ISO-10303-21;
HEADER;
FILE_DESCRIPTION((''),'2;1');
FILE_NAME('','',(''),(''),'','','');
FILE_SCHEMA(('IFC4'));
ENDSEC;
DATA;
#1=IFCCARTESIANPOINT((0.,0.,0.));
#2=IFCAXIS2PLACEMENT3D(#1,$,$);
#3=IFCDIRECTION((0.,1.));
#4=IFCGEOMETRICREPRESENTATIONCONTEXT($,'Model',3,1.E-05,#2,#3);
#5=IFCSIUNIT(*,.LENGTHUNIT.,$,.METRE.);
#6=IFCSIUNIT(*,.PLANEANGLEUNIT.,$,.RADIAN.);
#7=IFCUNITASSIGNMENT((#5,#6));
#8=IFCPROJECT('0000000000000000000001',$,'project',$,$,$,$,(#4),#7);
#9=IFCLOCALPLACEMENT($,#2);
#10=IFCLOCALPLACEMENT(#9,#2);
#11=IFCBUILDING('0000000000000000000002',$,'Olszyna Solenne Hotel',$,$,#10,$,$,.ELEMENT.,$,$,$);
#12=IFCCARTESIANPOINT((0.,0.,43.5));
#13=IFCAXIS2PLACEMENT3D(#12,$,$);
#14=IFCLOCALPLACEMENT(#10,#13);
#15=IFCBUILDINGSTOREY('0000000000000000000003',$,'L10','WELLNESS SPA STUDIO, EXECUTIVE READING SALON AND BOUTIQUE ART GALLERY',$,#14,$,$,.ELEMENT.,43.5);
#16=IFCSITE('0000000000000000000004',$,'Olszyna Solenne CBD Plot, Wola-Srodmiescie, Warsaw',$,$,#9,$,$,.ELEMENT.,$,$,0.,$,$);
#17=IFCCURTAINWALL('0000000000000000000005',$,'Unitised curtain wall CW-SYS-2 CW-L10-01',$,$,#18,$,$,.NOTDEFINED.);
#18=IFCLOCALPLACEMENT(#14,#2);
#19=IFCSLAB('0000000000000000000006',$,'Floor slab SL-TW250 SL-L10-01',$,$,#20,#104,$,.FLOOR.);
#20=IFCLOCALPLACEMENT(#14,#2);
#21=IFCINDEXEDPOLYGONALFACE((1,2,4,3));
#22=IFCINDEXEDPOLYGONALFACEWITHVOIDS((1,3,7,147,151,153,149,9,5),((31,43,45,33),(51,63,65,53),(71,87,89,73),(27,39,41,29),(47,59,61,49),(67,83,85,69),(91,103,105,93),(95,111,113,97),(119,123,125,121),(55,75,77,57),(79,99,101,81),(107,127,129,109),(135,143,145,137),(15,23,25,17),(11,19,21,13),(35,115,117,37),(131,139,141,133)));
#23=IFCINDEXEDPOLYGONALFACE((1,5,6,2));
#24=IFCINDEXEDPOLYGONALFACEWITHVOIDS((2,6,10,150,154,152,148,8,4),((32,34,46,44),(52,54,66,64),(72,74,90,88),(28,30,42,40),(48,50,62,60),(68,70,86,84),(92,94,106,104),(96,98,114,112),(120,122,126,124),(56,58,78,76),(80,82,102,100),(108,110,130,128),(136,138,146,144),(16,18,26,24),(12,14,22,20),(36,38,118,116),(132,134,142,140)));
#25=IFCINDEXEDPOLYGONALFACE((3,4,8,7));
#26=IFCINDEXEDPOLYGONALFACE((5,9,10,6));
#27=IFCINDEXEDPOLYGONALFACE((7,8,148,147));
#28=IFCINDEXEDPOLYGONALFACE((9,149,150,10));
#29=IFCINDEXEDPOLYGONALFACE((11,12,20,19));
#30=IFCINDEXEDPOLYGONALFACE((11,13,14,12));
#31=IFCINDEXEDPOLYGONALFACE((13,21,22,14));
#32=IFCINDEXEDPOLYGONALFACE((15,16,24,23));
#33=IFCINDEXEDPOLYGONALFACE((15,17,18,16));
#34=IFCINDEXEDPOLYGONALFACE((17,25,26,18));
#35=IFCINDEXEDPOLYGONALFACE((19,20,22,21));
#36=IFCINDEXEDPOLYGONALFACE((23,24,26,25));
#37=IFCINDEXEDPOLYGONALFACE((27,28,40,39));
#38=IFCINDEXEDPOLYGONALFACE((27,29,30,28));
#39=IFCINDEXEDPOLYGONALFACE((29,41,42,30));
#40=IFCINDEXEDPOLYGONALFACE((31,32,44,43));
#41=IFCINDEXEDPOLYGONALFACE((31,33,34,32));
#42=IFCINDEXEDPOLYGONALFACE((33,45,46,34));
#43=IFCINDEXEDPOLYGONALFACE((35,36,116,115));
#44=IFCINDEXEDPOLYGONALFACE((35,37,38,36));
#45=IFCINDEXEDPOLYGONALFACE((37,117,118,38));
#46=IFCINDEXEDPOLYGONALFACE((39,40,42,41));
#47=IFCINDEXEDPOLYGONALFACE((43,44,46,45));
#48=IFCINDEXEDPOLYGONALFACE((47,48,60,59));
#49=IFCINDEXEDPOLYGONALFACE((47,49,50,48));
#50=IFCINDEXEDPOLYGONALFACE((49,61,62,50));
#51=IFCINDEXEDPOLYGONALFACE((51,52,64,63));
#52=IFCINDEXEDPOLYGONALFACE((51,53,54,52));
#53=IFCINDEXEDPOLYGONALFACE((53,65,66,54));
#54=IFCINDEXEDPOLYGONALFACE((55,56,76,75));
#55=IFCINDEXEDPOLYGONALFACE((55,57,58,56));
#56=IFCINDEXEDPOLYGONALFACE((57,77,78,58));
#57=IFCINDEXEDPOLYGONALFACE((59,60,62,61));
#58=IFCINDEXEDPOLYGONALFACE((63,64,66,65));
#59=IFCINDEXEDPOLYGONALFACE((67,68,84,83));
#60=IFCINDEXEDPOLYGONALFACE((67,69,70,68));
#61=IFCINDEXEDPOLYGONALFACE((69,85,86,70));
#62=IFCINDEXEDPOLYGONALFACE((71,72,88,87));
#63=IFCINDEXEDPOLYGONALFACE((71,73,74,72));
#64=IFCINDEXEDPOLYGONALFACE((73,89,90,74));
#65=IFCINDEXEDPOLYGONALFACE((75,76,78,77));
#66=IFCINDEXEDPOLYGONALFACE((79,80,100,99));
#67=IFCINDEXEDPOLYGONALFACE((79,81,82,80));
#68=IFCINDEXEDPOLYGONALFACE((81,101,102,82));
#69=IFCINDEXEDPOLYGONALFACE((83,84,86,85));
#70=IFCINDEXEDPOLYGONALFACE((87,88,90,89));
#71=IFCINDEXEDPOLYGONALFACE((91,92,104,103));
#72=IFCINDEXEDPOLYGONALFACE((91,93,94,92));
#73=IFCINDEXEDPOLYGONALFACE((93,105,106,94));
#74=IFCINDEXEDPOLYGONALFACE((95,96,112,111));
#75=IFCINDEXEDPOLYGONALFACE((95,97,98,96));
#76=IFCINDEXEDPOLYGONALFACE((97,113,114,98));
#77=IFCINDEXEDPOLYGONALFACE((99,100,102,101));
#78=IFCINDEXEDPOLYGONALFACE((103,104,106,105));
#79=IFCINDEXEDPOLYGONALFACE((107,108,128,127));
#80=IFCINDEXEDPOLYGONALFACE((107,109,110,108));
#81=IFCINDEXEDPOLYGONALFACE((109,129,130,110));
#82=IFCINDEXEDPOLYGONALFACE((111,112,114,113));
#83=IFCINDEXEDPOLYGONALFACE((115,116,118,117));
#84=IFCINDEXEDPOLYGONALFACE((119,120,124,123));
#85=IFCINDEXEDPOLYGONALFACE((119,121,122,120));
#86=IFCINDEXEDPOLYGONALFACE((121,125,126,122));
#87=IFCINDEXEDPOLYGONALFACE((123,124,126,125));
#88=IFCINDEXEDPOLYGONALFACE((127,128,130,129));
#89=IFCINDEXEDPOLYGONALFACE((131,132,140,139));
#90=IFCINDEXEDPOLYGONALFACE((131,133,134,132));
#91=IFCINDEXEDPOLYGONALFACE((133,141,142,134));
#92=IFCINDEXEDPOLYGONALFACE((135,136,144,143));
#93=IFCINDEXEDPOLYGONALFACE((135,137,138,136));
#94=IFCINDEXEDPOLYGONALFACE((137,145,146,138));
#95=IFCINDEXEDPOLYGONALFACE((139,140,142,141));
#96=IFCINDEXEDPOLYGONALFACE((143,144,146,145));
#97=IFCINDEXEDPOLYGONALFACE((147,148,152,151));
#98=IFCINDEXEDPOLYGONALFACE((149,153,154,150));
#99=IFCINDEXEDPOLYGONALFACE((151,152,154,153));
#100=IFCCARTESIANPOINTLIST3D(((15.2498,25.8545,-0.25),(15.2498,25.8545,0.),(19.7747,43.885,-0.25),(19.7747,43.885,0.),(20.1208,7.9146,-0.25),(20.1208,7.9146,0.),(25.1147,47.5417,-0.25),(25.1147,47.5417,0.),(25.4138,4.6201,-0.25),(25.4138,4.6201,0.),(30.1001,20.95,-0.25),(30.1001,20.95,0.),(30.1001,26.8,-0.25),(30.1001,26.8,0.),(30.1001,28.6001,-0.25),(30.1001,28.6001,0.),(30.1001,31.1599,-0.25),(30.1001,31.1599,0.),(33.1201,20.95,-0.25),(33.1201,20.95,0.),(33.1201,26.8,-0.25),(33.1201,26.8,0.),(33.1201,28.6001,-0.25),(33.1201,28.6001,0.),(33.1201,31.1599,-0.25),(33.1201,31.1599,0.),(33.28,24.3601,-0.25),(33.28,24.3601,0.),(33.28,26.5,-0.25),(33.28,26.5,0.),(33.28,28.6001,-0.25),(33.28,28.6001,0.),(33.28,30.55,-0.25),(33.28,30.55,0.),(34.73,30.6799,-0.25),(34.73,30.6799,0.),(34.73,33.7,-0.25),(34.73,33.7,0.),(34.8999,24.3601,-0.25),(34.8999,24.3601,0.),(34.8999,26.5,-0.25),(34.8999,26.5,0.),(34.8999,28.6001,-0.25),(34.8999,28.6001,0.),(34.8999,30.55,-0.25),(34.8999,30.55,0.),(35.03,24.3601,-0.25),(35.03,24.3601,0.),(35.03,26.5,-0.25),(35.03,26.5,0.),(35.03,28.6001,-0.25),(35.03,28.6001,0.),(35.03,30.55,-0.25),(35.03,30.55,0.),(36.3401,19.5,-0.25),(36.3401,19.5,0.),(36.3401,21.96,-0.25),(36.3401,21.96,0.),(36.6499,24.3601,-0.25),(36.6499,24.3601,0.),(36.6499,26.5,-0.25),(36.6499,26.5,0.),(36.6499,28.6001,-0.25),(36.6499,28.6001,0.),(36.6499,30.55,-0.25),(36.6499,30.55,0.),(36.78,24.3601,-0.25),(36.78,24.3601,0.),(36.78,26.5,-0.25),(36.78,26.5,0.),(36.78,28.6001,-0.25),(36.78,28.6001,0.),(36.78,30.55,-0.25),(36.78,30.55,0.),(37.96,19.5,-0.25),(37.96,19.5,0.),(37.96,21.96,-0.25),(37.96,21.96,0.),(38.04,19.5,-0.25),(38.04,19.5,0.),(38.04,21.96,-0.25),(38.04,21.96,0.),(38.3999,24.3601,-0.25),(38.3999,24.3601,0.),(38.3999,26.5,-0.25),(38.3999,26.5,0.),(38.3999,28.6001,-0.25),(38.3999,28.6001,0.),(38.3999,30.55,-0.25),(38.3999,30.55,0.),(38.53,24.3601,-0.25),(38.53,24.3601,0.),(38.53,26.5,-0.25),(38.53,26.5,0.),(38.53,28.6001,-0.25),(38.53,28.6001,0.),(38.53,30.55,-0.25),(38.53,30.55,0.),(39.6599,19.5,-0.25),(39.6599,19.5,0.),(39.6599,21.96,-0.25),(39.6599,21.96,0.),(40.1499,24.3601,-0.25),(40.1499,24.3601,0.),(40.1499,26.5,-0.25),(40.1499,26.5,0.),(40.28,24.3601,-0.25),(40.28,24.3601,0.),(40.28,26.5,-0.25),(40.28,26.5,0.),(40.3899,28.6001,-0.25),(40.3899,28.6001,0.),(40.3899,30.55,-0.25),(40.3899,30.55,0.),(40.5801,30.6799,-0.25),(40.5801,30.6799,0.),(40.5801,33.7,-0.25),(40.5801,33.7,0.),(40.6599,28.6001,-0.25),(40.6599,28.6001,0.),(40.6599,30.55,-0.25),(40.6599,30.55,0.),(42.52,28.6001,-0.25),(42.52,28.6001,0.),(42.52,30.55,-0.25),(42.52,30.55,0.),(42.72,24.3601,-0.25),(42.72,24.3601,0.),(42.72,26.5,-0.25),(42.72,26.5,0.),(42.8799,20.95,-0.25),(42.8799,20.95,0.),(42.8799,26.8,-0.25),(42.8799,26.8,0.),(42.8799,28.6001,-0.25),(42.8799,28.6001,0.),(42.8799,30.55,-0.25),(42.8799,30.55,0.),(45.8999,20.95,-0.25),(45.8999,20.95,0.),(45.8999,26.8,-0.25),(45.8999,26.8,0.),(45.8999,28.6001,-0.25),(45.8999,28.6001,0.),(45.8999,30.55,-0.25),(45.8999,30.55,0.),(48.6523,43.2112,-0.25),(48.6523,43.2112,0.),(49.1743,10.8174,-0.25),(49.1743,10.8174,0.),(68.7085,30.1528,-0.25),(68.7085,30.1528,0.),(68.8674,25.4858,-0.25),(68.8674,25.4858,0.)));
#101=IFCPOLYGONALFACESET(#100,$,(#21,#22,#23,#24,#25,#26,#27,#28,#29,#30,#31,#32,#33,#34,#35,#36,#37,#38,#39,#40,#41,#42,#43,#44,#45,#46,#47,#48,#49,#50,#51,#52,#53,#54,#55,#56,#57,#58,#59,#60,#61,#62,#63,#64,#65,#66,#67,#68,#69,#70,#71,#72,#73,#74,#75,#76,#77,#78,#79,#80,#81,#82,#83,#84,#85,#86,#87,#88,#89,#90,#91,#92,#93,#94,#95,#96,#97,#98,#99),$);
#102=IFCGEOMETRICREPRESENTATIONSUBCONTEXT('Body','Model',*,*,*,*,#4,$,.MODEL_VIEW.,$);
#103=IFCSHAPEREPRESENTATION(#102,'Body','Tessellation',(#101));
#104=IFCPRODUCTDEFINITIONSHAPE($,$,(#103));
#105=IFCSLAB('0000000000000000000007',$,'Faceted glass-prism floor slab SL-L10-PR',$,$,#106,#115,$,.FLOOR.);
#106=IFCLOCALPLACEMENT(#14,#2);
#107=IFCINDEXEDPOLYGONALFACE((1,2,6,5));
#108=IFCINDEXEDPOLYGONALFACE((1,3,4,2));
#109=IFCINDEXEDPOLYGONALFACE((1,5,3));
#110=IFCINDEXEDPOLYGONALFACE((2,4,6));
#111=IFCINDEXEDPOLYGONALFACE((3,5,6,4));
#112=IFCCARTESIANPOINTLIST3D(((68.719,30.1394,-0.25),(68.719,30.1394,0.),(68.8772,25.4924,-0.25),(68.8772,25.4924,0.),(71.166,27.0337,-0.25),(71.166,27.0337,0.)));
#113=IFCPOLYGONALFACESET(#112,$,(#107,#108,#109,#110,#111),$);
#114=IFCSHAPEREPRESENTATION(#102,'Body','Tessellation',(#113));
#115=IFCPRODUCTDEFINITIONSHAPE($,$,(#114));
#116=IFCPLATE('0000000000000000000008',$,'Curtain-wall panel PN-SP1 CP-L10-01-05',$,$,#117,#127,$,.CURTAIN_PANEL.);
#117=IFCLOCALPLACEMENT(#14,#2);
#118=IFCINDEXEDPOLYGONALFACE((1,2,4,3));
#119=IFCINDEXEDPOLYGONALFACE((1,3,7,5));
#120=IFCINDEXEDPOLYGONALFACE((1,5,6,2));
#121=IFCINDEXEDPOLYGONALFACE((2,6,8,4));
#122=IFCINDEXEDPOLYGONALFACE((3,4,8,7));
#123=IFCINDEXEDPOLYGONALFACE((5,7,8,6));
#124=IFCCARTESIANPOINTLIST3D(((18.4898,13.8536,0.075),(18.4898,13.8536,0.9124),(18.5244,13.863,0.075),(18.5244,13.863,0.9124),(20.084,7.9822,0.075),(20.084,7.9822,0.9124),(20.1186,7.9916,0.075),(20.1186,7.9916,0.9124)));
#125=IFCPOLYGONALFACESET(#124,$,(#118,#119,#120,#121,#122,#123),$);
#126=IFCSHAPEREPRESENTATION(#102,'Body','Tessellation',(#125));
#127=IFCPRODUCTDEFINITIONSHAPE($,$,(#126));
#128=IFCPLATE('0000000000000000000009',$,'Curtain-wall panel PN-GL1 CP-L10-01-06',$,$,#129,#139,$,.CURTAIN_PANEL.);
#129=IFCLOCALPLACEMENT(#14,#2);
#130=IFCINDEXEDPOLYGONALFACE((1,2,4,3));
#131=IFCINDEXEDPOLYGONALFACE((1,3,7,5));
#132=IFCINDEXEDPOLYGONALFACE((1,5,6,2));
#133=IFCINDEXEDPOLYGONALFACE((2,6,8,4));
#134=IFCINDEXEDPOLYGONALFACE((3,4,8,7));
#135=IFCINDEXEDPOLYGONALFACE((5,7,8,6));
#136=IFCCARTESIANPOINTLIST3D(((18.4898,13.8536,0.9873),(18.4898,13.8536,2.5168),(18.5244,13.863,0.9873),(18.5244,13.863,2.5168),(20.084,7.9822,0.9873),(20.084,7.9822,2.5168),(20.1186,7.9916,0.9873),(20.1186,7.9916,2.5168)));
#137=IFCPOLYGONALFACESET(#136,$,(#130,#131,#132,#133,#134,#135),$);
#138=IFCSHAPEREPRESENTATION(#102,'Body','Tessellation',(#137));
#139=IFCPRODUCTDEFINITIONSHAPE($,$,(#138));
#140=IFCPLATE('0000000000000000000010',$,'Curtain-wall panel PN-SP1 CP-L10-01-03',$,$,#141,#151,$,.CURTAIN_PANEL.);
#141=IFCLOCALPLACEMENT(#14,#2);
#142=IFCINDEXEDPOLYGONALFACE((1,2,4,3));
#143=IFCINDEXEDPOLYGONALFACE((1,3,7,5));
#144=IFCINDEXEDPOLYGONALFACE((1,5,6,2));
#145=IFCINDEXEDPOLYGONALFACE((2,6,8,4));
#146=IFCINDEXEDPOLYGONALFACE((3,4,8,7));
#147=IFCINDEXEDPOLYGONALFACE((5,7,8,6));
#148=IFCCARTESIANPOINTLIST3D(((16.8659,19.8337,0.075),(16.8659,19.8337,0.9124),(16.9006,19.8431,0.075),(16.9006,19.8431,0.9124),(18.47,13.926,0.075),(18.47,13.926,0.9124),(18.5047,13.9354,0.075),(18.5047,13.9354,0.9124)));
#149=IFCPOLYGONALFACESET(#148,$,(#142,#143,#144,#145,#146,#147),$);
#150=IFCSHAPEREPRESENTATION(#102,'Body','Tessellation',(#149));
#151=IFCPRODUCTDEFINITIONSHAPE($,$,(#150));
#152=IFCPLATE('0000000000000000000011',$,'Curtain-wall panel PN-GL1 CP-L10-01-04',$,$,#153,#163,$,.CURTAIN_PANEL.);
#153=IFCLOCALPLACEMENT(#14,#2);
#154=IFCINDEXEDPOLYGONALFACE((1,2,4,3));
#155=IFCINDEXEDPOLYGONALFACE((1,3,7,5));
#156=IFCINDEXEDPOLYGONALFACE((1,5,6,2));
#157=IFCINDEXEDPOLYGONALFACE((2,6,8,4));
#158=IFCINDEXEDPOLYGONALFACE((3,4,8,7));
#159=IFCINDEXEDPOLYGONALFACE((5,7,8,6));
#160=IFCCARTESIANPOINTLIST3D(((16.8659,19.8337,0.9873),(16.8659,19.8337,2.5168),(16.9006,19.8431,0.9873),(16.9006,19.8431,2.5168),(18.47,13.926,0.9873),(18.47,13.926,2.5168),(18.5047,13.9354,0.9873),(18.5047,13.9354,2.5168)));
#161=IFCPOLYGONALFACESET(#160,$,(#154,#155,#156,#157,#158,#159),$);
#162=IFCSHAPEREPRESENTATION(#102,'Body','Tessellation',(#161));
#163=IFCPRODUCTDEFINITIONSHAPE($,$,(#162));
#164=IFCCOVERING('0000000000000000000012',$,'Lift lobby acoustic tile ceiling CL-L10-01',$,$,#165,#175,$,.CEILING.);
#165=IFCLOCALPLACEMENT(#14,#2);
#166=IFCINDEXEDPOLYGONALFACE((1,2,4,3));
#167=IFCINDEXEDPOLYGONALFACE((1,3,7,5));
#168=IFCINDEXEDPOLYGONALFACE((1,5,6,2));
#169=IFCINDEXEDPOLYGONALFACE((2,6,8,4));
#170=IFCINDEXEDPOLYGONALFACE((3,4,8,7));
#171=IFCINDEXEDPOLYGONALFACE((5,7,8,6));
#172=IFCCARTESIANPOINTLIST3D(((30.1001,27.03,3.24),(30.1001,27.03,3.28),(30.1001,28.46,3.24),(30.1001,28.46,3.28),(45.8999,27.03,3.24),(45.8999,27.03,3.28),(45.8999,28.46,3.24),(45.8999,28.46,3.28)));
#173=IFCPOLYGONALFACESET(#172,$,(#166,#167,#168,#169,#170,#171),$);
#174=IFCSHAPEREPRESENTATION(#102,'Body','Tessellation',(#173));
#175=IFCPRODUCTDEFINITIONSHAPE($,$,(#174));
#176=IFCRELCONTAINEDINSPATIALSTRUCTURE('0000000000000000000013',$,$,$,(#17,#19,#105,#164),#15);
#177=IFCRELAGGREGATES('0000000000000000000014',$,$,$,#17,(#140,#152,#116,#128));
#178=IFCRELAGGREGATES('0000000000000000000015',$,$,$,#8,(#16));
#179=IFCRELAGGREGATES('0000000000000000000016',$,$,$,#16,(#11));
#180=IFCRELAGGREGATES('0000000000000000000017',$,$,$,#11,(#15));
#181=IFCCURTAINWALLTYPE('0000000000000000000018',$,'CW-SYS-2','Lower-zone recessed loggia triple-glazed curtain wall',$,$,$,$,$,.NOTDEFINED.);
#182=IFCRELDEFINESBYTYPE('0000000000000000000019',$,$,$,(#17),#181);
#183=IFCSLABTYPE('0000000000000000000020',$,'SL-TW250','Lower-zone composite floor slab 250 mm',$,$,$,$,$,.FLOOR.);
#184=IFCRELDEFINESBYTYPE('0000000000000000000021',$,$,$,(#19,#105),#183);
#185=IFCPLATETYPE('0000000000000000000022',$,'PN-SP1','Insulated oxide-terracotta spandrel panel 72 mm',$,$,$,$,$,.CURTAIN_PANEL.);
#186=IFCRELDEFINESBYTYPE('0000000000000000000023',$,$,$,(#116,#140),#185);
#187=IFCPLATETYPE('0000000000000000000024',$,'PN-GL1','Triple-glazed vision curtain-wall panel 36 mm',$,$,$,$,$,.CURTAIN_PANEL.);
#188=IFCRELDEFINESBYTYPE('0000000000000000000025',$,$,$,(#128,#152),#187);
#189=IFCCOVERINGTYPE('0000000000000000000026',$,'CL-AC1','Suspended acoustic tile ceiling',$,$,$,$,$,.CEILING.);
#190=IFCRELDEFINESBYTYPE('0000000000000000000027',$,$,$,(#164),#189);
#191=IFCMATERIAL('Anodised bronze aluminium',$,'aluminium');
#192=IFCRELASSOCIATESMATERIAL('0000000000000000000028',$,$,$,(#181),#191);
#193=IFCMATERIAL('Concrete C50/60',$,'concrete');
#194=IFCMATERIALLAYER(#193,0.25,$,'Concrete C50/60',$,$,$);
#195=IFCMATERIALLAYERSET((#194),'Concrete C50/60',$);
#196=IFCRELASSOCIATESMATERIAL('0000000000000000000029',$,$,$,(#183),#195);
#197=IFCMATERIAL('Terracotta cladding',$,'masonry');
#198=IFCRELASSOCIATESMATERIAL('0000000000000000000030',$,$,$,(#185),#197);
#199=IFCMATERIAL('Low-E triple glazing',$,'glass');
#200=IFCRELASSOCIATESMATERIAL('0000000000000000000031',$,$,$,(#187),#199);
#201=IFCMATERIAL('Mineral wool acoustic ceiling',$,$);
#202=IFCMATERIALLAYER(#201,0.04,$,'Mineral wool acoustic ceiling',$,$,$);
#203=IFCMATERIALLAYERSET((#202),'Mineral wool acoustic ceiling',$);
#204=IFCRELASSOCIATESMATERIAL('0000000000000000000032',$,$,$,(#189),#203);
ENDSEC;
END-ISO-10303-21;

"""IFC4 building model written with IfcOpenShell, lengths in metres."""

from ifc_helpers import new_model, si_unit, direction, frame, origin, origin_2d, place, context, subcontext, project, spatial, polyline, rectangle, outline, extrude, source, transform, mapped, material, layer, layer_set, type_object, element, aggregate, save


model = new_model("IFC4")

# Units and contexts
model_context = context("Model", 3, precision=1e-05, world=origin(), true_north=direction((0.0, 1.0)))
body_context = subcontext(model_context, "Body", "Model", "MODEL_VIEW")
ifc_project = project(units=[si_unit("LENGTHUNIT", "METRE"), si_unit("PLANEANGLEUNIT", "RADIAN")], contexts=[model_context])

# Site, building, storey
site_placement = place(None, origin())
site = spatial("IfcSite", under=ifc_project, at=site_placement, Name="Olszyna Solenne CBD Plot, Wola-Srodmiescie, Warsaw", CompositionType="ELEMENT", RefElevation=0.0)
building_placement = place(site_placement, origin())
building = spatial("IfcBuilding", under=site, at=building_placement, Name="Olszyna Solenne Hotel", CompositionType="ELEMENT")
storey_placement = place(building_placement, frame((0.0, 0.0, 43.5)))
storey = spatial("IfcBuildingStorey", under=building, at=storey_placement, Name="L10", Description="WELLNESS SPA STUDIO, EXECUTIVE READING SALON AND BOUTIQUE ART GALLERY", CompositionType="ELEMENT", Elevation=43.5)

# Curtain wall
ifc_material_1 = material(Name="Anodised bronze aluminium", Category="aluminium")
curtain_wall_type = type_object("IfcCurtainWallType", Name="CW-SYS-2", Description="Lower-zone recessed loggia triple-glazed curtain wall", PredefinedType="NOTDEFINED", material=ifc_material_1)
curtain_wall_placement = place(storey_placement, origin())
curtain_wall = element("IfcCurtainWall", 1, at=curtain_wall_placement, inside=storey, type_object=curtain_wall_type, Name="Unitised curtain wall CW-SYS-2 CW-L10-01", PredefinedType="NOTDEFINED")

# Slabs
ifc_material_2 = material(Name="Concrete C50/60", Category="concrete")
ifc_layer_1 = layer(ifc_material_2, 0.25, Name="Concrete C50/60")
ifc_layer_set_1 = layer_set([ifc_layer_1], Name="Concrete C50/60")
slab_type_1 = type_object("IfcSlabType", Name="SL-TW250", Description="Lower-zone composite floor slab 250 mm", PredefinedType="FLOOR", material=ifc_layer_set_1)
slab_1_placement = place(storey_placement, frame((0.0, 0.0, -0.25)))
element("IfcSlab", 2, at=slab_1_placement, inside=storey, type_object=slab_type_1, Name="Floor slab SL-TW250 SL-L10-01", PredefinedType="FLOOR", context=body_context, shape_type="SweptSolid", body=[
    extrude(outline(polyline([(68.8674, 25.4858), (68.7085, 30.1528), (48.6523, 43.2112), (25.1147, 47.5417), (19.7747, 43.885), (15.2498, 25.8545), (20.1208, 7.9146), (25.4138, 4.6201), (49.1743, 10.8174), (68.8674, 25.4858)]), holes=[polyline([(30.1001, 20.95), (33.1201, 20.95), (33.1201, 26.8), (30.1001, 26.8), (30.1001, 20.95)]), polyline([(42.8799, 20.95), (45.8999, 20.95), (45.8999, 26.8), (42.8799, 26.8), (42.8799, 20.95)]), polyline([(34.73, 30.6799), (40.5801, 30.6799), (40.5801, 33.7), (34.73, 33.7), (34.73, 30.6799)]), polyline([(36.3401, 19.5), (37.96, 19.5), (37.96, 21.96), (36.3401, 21.96), (36.3401, 19.5)]), polyline([(38.04, 19.5), (39.6599, 19.5), (39.6599, 21.96), (38.04, 21.96), (38.04, 19.5)]), polyline([(30.1001, 28.6001), (33.1201, 28.6001), (33.1201, 31.1599), (30.1001, 31.1599), (30.1001, 28.6001)]), polyline([(33.28, 24.3601), (34.8999, 24.3601), (34.8999, 26.5), (33.28, 26.5), (33.28, 24.3601)]), polyline([(35.03, 24.3601), (36.6499, 24.3601), (36.6499, 26.5), (35.03, 26.5), (35.03, 24.3601)]), polyline([(36.78, 24.3601), (38.3999, 24.3601), (38.3999, 26.5), (36.78, 26.5), (36.78, 24.3601)]), polyline([(38.53, 24.3601), (40.1499, 24.3601), (40.1499, 26.5), (38.53, 26.5), (38.53, 24.3601)]), polyline([(40.28, 24.3601), (42.72, 24.3601), (42.72, 26.5), (40.28, 26.5), (40.28, 24.3601)]), polyline([(33.28, 28.6001), (34.8999, 28.6001), (34.8999, 30.55), (33.28, 30.55), (33.28, 28.6001)]), polyline([(35.03, 28.6001), (36.6499, 28.6001), (36.6499, 30.55), (35.03, 30.55), (35.03, 28.6001)]), polyline([(36.78, 28.6001), (38.3999, 28.6001), (38.3999, 30.55), (36.78, 30.55), (36.78, 28.6001)]), polyline([(38.53, 28.6001), (40.3899, 28.6001), (40.3899, 30.55), (38.53, 30.55), (38.53, 28.6001)]), polyline([(40.6599, 28.6001), (42.52, 28.6001), (42.52, 30.55), (40.6599, 30.55), (40.6599, 28.6001)]), polyline([(42.8799, 28.6001), (45.8999, 28.6001), (45.8999, 30.55), (42.8799, 30.55), (42.8799, 28.6001)])]), origin(), (0.0, 0.0, 1.0), 0.25),
])
slab_2_placement = place(storey_placement, frame((0.0, 0.0, -0.25)))
element("IfcSlab", 3, at=slab_2_placement, inside=storey, type_object=slab_type_1, Name="Faceted glass-prism floor slab SL-L10-PR", PredefinedType="FLOOR", context=body_context, shape_type="SweptSolid", body=[
    extrude(outline(polyline([(68.719, 30.1394), (68.8772, 25.4924), (71.166, 27.0337), (68.719, 30.1394)])), origin(), (0.0, 0.0, 1.0), 0.25),
])

# Plates
ifc_material_3 = material(Name="Terracotta cladding", Category="masonry")
plate_type_1 = type_object("IfcPlateType", Name="PN-SP1", Description="Insulated oxide-terracotta spandrel panel 72 mm", PredefinedType="CURTAIN_PANEL", material=ifc_material_3)
shared_shape_1 = source(origin(), body_context, "Body", "SweptSolid", [
    extrude(rectangle(XDim=6.084, YDim=0.0359, at=origin_2d()), origin(), (0.0, 0.0, 1.0), 0.8374),
])
plate_1_placement = place(storey_placement, frame((19.3042, 10.9226, 0.075), z_axis=(0.0, 0.0, 1.0), x_axis=(0.262038, -0.965058, 0.0)))
plate_1 = element("IfcPlate", 4, at=plate_1_placement, type_object=plate_type_1, Name="Curtain-wall panel PN-SP1 CP-L10-01-05", PredefinedType="CURTAIN_PANEL", context=body_context, shape_type="MappedRepresentation", body=[
    mapped(shared_shape_1, transform((0.0, 0.0, 0.0), x_axis=(1.0, 0.0, 0.0), y_axis=(0.0, 1.0, 0.0), z_axis=(0.0, 0.0, 1.0), scale=1.0)),
])
ifc_material_4 = material(Name="Low-E triple glazing", Category="glass")
plate_type_2 = type_object("IfcPlateType", Name="PN-GL1", Description="Triple-glazed vision curtain-wall panel 36 mm", PredefinedType="CURTAIN_PANEL", material=ifc_material_4)
shared_shape_2 = source(origin(), body_context, "Body", "SweptSolid", [
    extrude(rectangle(XDim=6.084, YDim=0.0359, at=origin_2d()), origin(), (0.0, 0.0, 1.0), 1.5295),
])
plate_2_placement = place(storey_placement, frame((19.3042, 10.9226, 0.9873), z_axis=(0.0, 0.0, 1.0), x_axis=(0.262038, -0.965058, 0.0)))
plate_2 = element("IfcPlate", 5, at=plate_2_placement, type_object=plate_type_2, Name="Curtain-wall panel PN-GL1 CP-L10-01-06", PredefinedType="CURTAIN_PANEL", context=body_context, shape_type="MappedRepresentation", body=[
    mapped(shared_shape_2, transform((0.0, 0.0, 0.0), x_axis=(1.0, 0.0, 0.0), y_axis=(0.0, 1.0, 0.0), z_axis=(0.0, 0.0, 1.0), scale=1.0)),
])
shared_shape_3 = source(origin(), body_context, "Body", "SweptSolid", [
    extrude(rectangle(XDim=6.1216, YDim=0.0359, at=origin_2d()), origin(), (0.0, 0.0, 1.0), 0.8374),
])
plate_3_placement = place(storey_placement, frame((17.6853, 16.8845, 0.075), z_axis=(0.0, 0.0, 1.0), x_axis=(0.262038, -0.965058, 0.0)))
plate_3 = element("IfcPlate", 6, at=plate_3_placement, type_object=plate_type_1, Name="Curtain-wall panel PN-SP1 CP-L10-01-03", PredefinedType="CURTAIN_PANEL", context=body_context, shape_type="MappedRepresentation", body=[
    mapped(shared_shape_3, transform((0.0, 0.0, 0.0), x_axis=(1.0, 0.0, 0.0), y_axis=(0.0, 1.0, 0.0), z_axis=(0.0, 0.0, 1.0), scale=1.0)),
])
shared_shape_4 = source(origin(), body_context, "Body", "SweptSolid", [
    extrude(rectangle(XDim=6.1216, YDim=0.0359, at=origin_2d()), origin(), (0.0, 0.0, 1.0), 1.5295),
])
plate_4_placement = place(storey_placement, frame((17.6853, 16.8845, 0.9873), z_axis=(0.0, 0.0, 1.0), x_axis=(0.262038, -0.965058, 0.0)))
plate_4 = element("IfcPlate", 7, at=plate_4_placement, type_object=plate_type_2, Name="Curtain-wall panel PN-GL1 CP-L10-01-04", PredefinedType="CURTAIN_PANEL", context=body_context, shape_type="MappedRepresentation", body=[
    mapped(shared_shape_4, transform((0.0, 0.0, 0.0), x_axis=(1.0, 0.0, 0.0), y_axis=(0.0, 1.0, 0.0), z_axis=(0.0, 0.0, 1.0), scale=1.0)),
])
aggregate(curtain_wall, [plate_3, plate_4, plate_1, plate_2])

# Covering
ifc_material_5 = material(Name="Mineral wool acoustic ceiling")
ifc_layer_2 = layer(ifc_material_5, 0.04, Name="Mineral wool acoustic ceiling")
ifc_layer_set_2 = layer_set([ifc_layer_2], Name="Mineral wool acoustic ceiling")
covering_type_1 = type_object("IfcCoveringType", Name="CL-AC1", Description="Suspended acoustic tile ceiling", PredefinedType="CEILING", material=ifc_layer_set_2)
covering_1_placement = place(storey_placement, frame((0.0, 0.0, 3.24)))
element("IfcCovering", 8, at=covering_1_placement, inside=storey, type_object=covering_type_1, Name="Lift lobby acoustic tile ceiling CL-L10-01", PredefinedType="CEILING", context=body_context, shape_type="SweptSolid", body=[
    extrude(outline(polyline([(30.1001, 27.03), (45.8999, 27.03), (45.8999, 28.46), (30.1001, 28.46), (30.1001, 27.03)])), origin(), (0.0, 0.0, 1.0), 0.04),
])

save(model, "model.ifc")
